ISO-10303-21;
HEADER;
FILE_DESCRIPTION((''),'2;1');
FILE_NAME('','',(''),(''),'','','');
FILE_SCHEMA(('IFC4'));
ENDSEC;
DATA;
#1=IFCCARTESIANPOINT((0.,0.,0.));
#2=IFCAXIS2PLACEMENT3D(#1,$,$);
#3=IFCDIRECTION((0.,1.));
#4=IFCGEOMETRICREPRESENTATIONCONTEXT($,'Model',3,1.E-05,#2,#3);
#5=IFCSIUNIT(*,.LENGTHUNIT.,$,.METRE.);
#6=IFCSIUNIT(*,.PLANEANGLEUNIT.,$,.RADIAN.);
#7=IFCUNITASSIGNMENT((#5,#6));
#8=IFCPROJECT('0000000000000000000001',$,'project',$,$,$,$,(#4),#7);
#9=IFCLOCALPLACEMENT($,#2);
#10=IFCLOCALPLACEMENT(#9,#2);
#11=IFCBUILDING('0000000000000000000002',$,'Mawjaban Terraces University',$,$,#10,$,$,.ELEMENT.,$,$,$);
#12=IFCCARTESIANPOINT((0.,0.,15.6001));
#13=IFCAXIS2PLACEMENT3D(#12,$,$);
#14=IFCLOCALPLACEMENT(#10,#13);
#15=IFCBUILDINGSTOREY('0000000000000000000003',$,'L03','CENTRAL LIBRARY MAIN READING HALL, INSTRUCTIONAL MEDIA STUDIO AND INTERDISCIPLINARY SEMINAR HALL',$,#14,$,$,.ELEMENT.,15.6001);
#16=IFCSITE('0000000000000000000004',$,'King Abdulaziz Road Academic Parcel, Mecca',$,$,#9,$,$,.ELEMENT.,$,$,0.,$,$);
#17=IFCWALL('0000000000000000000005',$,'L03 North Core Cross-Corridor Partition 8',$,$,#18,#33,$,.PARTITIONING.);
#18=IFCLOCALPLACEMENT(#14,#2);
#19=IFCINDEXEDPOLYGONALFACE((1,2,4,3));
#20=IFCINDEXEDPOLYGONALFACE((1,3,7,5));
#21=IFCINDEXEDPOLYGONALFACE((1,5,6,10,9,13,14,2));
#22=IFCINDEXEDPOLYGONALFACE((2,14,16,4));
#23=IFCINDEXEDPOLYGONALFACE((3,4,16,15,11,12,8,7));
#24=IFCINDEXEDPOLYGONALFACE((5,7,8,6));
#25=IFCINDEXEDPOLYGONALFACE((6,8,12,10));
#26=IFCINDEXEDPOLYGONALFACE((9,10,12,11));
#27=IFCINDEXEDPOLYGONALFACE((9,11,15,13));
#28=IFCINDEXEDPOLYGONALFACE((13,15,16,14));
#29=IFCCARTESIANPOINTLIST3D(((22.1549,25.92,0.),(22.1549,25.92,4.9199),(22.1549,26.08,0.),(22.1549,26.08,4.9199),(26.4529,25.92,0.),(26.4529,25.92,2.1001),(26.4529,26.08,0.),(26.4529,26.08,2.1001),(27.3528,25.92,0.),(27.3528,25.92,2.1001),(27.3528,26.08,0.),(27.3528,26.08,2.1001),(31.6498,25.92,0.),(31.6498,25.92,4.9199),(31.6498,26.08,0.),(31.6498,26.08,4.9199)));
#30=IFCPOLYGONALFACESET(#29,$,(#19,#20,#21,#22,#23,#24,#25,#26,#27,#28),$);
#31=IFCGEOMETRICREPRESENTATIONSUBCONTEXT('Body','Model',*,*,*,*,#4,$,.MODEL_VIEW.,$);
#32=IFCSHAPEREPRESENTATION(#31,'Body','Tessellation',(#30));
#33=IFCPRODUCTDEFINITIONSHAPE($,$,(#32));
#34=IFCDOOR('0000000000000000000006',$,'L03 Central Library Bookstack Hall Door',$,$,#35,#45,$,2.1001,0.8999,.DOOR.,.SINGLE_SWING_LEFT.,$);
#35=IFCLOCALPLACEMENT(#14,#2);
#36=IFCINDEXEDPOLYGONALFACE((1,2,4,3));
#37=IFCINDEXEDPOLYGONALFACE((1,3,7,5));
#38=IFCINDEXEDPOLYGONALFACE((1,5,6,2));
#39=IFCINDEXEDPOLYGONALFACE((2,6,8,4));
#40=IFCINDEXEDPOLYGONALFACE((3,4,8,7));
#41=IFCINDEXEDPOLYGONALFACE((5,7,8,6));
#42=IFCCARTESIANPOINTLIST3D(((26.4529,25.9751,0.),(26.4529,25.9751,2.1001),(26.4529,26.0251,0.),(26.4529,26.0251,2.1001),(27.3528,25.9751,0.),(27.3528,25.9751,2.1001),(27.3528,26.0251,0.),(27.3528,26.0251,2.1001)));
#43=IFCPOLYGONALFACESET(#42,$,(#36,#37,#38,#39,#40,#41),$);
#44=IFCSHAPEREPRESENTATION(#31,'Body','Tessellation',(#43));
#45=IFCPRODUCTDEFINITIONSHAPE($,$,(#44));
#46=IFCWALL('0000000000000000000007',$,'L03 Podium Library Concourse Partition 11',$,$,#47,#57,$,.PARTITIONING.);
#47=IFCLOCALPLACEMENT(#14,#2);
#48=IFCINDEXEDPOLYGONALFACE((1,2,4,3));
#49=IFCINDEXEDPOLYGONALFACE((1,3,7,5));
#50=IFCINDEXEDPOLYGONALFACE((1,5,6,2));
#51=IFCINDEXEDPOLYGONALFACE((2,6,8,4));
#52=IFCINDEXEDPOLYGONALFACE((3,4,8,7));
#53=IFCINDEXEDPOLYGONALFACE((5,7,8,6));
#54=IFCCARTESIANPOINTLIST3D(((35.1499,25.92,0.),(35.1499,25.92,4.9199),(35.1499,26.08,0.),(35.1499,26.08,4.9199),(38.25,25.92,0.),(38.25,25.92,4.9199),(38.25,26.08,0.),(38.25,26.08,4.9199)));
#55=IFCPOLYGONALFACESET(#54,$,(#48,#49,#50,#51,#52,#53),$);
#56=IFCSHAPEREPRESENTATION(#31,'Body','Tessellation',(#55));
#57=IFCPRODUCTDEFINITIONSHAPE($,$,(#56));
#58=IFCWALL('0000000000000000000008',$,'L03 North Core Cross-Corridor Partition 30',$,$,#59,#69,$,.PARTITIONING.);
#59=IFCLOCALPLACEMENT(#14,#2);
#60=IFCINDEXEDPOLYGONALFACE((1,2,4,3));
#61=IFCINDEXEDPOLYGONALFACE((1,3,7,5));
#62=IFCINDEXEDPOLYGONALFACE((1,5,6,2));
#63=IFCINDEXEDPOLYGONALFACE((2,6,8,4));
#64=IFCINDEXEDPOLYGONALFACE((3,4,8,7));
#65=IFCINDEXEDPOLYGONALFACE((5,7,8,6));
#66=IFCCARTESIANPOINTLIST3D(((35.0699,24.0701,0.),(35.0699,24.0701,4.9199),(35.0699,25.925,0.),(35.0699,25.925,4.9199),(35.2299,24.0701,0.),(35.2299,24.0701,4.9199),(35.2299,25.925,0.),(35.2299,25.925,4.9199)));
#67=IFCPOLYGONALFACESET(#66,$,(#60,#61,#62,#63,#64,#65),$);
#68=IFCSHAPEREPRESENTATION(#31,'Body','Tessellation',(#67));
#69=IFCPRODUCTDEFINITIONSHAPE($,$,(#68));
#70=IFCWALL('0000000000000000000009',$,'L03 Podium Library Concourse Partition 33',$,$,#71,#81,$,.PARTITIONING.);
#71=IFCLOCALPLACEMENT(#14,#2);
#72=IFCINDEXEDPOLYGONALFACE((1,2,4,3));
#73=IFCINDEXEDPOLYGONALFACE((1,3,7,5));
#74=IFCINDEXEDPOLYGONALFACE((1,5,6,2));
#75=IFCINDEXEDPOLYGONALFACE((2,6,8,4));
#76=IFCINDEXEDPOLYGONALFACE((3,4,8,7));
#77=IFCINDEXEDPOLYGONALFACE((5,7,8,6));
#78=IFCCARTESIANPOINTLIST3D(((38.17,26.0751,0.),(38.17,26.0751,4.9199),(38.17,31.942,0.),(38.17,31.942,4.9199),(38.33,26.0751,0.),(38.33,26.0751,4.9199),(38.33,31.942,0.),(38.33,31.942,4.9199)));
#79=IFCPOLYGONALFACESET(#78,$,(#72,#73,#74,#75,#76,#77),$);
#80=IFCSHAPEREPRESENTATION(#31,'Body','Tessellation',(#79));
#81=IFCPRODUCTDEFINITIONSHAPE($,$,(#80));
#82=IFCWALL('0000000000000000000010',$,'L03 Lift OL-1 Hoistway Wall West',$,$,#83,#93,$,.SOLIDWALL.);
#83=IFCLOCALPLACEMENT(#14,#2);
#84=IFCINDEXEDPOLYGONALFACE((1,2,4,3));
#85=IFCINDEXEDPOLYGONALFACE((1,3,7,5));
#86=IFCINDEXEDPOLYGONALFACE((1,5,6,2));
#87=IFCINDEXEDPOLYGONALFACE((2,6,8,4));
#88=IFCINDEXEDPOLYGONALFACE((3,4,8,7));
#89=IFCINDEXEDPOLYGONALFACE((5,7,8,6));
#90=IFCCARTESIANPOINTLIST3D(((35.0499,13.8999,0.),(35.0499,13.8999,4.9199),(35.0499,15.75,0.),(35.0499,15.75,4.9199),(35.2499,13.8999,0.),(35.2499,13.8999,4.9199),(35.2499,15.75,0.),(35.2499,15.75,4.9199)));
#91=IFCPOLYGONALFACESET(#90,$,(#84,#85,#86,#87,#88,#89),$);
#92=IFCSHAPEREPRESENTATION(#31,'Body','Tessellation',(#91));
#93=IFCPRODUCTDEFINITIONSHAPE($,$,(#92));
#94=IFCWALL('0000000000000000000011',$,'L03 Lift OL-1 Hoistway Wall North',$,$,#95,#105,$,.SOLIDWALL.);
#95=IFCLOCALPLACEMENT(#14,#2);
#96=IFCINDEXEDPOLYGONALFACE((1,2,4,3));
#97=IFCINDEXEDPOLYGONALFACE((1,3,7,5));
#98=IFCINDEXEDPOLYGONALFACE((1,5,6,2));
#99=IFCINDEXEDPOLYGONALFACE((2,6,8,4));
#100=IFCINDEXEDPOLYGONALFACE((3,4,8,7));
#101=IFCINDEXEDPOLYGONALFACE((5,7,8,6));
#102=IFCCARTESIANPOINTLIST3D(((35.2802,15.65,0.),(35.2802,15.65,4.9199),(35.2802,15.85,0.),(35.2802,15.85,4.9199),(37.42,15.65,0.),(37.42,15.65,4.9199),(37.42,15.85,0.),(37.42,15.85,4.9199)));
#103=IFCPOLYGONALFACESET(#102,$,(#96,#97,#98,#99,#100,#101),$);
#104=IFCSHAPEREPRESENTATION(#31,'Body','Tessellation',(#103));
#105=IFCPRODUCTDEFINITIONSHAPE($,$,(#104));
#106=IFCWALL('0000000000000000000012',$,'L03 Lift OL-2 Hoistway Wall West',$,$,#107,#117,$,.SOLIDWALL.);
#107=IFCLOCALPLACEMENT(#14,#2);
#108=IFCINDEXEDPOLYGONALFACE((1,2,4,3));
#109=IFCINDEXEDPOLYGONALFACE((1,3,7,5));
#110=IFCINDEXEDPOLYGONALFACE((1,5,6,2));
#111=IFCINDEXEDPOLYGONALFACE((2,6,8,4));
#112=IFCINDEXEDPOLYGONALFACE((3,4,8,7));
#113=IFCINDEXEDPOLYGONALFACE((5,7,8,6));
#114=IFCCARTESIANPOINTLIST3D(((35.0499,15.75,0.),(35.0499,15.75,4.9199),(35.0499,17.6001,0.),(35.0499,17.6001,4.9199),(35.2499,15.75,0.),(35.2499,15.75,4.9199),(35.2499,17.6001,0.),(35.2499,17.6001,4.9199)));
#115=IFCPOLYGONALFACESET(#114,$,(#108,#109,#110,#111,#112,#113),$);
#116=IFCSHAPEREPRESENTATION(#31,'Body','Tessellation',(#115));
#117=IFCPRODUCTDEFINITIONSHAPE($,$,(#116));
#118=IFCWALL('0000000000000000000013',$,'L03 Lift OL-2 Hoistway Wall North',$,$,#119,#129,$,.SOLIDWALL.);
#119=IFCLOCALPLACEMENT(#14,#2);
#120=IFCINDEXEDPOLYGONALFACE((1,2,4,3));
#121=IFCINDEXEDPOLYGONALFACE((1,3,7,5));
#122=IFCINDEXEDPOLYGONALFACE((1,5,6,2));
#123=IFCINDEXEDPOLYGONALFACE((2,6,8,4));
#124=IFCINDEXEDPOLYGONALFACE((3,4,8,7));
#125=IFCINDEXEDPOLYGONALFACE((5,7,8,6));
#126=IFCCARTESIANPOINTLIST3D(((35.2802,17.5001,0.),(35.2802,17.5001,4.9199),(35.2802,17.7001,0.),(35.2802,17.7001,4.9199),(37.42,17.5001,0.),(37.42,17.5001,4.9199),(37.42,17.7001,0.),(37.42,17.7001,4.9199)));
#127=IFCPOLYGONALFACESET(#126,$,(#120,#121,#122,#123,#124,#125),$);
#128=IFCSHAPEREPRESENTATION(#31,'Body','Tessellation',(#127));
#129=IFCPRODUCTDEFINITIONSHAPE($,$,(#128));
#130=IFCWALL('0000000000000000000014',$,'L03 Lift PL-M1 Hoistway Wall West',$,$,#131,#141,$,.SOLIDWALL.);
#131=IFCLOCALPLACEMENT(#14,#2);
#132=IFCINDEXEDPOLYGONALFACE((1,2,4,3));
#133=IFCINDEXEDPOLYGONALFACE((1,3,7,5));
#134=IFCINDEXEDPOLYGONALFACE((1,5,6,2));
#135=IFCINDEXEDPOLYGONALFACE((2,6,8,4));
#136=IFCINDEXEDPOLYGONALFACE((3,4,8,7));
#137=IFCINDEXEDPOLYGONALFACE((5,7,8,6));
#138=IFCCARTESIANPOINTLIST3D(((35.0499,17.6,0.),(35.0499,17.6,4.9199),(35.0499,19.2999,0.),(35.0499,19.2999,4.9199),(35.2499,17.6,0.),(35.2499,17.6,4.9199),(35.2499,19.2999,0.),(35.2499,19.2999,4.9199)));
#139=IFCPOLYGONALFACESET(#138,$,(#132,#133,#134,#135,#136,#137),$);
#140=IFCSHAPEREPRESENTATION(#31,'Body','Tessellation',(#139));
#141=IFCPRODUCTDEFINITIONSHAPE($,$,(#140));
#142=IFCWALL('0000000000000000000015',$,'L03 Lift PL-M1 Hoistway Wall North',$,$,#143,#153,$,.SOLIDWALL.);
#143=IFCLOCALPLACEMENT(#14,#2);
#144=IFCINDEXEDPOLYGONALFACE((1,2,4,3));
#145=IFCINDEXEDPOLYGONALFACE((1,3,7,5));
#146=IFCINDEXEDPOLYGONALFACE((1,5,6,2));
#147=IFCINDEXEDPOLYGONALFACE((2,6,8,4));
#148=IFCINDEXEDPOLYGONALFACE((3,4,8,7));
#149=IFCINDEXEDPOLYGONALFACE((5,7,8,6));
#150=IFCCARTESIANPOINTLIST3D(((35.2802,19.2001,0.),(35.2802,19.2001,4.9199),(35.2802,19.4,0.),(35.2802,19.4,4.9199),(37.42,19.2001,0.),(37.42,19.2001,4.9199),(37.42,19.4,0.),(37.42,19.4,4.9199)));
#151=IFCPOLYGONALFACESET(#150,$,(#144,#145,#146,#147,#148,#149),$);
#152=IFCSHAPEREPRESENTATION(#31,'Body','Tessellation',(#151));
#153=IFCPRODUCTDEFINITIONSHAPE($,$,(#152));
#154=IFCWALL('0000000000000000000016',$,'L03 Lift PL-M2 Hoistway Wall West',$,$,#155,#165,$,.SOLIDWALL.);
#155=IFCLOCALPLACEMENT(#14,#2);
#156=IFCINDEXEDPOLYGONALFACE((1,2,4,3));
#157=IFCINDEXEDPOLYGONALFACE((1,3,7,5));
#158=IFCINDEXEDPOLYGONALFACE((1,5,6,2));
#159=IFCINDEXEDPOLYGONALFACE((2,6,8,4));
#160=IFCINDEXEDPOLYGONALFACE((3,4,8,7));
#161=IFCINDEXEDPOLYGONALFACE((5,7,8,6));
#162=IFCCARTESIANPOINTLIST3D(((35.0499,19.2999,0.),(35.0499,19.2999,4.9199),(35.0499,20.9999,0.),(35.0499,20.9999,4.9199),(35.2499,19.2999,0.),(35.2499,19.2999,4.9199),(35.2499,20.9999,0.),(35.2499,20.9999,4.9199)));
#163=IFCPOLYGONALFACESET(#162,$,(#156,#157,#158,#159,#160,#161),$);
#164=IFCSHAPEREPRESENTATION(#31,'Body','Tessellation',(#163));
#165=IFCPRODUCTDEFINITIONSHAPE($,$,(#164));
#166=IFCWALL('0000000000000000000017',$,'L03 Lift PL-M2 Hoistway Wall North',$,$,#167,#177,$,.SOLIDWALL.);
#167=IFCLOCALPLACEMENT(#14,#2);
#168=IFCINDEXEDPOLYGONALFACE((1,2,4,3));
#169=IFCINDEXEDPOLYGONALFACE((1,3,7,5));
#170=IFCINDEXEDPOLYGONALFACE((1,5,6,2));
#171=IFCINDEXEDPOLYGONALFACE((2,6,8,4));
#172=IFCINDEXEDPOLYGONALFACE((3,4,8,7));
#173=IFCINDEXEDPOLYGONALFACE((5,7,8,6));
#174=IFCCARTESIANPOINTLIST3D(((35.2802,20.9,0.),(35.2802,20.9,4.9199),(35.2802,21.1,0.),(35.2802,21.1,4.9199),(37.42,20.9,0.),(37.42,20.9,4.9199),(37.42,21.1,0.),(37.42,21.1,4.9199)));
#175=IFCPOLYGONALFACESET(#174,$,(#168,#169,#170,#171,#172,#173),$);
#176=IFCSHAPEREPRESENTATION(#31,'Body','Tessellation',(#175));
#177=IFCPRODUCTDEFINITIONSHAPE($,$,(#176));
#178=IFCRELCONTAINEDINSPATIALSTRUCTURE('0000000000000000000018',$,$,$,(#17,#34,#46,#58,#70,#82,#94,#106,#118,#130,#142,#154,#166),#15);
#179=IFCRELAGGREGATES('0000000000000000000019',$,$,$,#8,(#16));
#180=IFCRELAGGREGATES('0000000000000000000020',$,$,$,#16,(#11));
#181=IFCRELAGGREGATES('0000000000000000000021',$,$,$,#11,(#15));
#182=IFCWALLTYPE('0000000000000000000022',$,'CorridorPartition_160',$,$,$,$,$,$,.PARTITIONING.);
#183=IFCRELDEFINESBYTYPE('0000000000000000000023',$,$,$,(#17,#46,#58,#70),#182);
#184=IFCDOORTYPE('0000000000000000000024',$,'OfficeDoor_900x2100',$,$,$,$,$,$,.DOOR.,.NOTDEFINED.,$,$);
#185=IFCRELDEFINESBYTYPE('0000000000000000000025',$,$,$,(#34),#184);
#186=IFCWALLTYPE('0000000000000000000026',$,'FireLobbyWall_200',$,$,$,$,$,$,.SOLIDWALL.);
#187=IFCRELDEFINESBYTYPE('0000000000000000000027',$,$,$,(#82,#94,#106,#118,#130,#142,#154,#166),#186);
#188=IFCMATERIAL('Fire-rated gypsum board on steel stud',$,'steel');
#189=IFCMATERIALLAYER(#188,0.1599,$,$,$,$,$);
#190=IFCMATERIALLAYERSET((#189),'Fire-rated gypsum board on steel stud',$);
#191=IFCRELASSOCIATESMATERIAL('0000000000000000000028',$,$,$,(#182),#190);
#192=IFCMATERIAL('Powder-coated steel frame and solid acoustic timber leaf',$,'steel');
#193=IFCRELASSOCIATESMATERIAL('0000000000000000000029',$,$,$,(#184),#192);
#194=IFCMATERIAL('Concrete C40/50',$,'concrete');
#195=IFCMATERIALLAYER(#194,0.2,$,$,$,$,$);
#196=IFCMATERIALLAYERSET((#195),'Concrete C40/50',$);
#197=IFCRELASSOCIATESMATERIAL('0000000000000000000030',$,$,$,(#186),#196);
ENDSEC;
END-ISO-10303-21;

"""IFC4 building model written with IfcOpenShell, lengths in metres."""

from ifc_helpers import new_model, si_unit, direction, frame, frame_2d, origin, place, context, subcontext, project, spatial, rectangle, extrude, material, layer, layer_set, type_object, element, fill, save


model = new_model("IFC4")

# Units and contexts
model_context = context("Model", 3, precision=1e-05, world=origin(), true_north=direction((0.0, 1.0)))
body_context = subcontext(model_context, "Body", "Model", "MODEL_VIEW")
ifc_project = project(units=[si_unit("LENGTHUNIT", "METRE"), si_unit("PLANEANGLEUNIT", "RADIAN")], contexts=[model_context])

# Site, building, storey
site_placement = place(None, origin())
site = spatial("IfcSite", under=ifc_project, at=site_placement, Name="King Abdulaziz Road Academic Parcel, Mecca", CompositionType="ELEMENT", RefElevation=0.0)
building_placement = place(site_placement, origin())
building = spatial("IfcBuilding", under=site, at=building_placement, Name="Mawjaban Terraces University", CompositionType="ELEMENT")
storey_placement = place(building_placement, frame((0.0, 0.0, 15.6001)))
storey = spatial("IfcBuildingStorey", under=building, at=storey_placement, Name="L03", Description="CENTRAL LIBRARY MAIN READING HALL, INSTRUCTIONAL MEDIA STUDIO AND INTERDISCIPLINARY SEMINAR HALL", CompositionType="ELEMENT", Elevation=15.6001)

# Wall, opening, door
ifc_material_1 = material(Name="Fire-rated gypsum board on steel stud", Category="steel")
ifc_layer_1 = layer(ifc_material_1, 0.1599)
ifc_layer_set_1 = layer_set([ifc_layer_1], Name="Fire-rated gypsum board on steel stud")
wall_type_1 = type_object("IfcWallType", Name="CorridorPartition_160", PredefinedType="PARTITIONING", material=ifc_layer_set_1)
wall_1_placement = place(storey_placement, frame((31.6499, 26.0, 0.0), z_axis=(0.0, 0.0, 1.0), x_axis=(-1.0, 0.0, 0.0)))
wall_1 = element("IfcWall", 1, at=wall_1_placement, inside=storey, type_object=wall_type_1, Name="L03 North Core Cross-Corridor Partition 8", PredefinedType="PARTITIONING", context=body_context, shape_type="SweptSolid", body=[
    extrude(rectangle(XDim=9.4949, YDim=0.1599, at=frame_2d((4.7476, 0.0))), origin(), (0.0, 0.0, 1.0), 4.9199),
])
opening_1_placement = place(wall_1_placement, frame((4.2971, 0.0, 0.0)))
opening_1 = element("IfcOpeningElement", 2, at=opening_1_placement, cuts=wall_1, PredefinedType="OPENING", context=body_context, shape_type="SweptSolid", body=[
    extrude(rectangle(XDim=0.8999, YDim=2.1001, at=frame_2d((0.45, 1.05))), frame((0.0, 0.0898, 0.0), z_axis=(0.0, -1.0, 0.0), x_axis=(1.0, 0.0, 0.0)), (0.0, 0.0, 1.0), 0.1799),
])
ifc_material_2 = material(Name="Powder-coated steel frame and solid acoustic timber leaf", Category="steel")
door_type_1 = type_object("IfcDoorType", Name="OfficeDoor_900x2100", OperationType="NOTDEFINED", PredefinedType="DOOR", material=ifc_material_2)
door_1_placement = place(opening_1_placement, origin())
door_1 = element("IfcDoor", 3, at=door_1_placement, inside=storey, type_object=door_type_1, Name="L03 Central Library Bookstack Hall Door", OperationType="SINGLE_SWING_LEFT", OverallHeight=2.1001, OverallWidth=0.8999, PredefinedType="DOOR", context=body_context, shape_type="SweptSolid", body=[
    extrude(rectangle(XDim=0.8999, YDim=2.1001, at=frame_2d((0.45, 1.05))), frame((0.0, 0.0249, 0.0), z_axis=(0.0, -1.0, 0.0), x_axis=(1.0, 0.0, 0.0)), (0.0, 0.0, 1.0), 0.05),
])
fill(opening_1, door_1)

# Walls
wall_2_placement = place(storey_placement, frame((35.1499, 26.0, 0.0), z_axis=(0.0, 0.0, 1.0), x_axis=(1.0, 0.0, 0.0)))
element("IfcWall", 4, at=wall_2_placement, inside=storey, type_object=wall_type_1, Name="L03 Podium Library Concourse Partition 11", PredefinedType="PARTITIONING", context=body_context, shape_type="SweptSolid", body=[
    extrude(rectangle(XDim=3.1001, YDim=0.1599, at=frame_2d((1.55, 0.0))), origin(), (0.0, 0.0, 1.0), 4.9199),
])
wall_3_placement = place(storey_placement, frame((35.1499, 24.0701, 0.0), z_axis=(0.0, 0.0, 1.0), x_axis=(0.0, 1.0, 0.0)))
element("IfcWall", 5, at=wall_3_placement, inside=storey, type_object=wall_type_1, Name="L03 North Core Cross-Corridor Partition 30", PredefinedType="PARTITIONING", context=body_context, shape_type="SweptSolid", body=[
    extrude(rectangle(XDim=1.855, YDim=0.1599, at=frame_2d((0.9275, 0.0))), origin(), (0.0, 0.0, 1.0), 4.9199),
])
wall_4_placement = place(storey_placement, frame((38.25, 26.075, 0.0), z_axis=(0.0, 0.0, 1.0), x_axis=(0.0, 1.0, 0.0)))
element("IfcWall", 6, at=wall_4_placement, inside=storey, type_object=wall_type_1, Name="L03 Podium Library Concourse Partition 33", PredefinedType="PARTITIONING", context=body_context, shape_type="SweptSolid", body=[
    extrude(rectangle(XDim=5.8669, YDim=0.1599, at=frame_2d((2.9336, 0.0))), origin(), (0.0, 0.0, 1.0), 4.9199),
])
ifc_material_3 = material(Name="Concrete C40/50", Category="concrete")
ifc_layer_2 = layer(ifc_material_3, 0.2)
ifc_layer_set_2 = layer_set([ifc_layer_2], Name="Concrete C40/50")
wall_type_2 = type_object("IfcWallType", Name="FireLobbyWall_200", PredefinedType="SOLIDWALL", material=ifc_layer_set_2)
wall_5_placement = place(storey_placement, frame((35.1499, 15.75, 0.0), z_axis=(0.0, 0.0, 1.0), x_axis=(0.0, -1.0, 0.0)))
element("IfcWall", 7, at=wall_5_placement, inside=storey, type_object=wall_type_2, Name="L03 Lift OL-1 Hoistway Wall West", PredefinedType="SOLIDWALL", context=body_context, shape_type="SweptSolid", body=[
    extrude(rectangle(XDim=1.8501, YDim=0.2, at=frame_2d((0.925, 0.0))), origin(), (0.0, 0.0, 1.0), 4.9199),
])
wall_6_placement = place(storey_placement, frame((37.4199, 15.75, 0.0), z_axis=(0.0, 0.0, 1.0), x_axis=(-1.0, 0.0, 0.0)))
element("IfcWall", 8, at=wall_6_placement, inside=storey, type_object=wall_type_2, Name="L03 Lift OL-1 Hoistway Wall North", PredefinedType="SOLIDWALL", context=body_context, shape_type="SweptSolid", body=[
    extrude(rectangle(XDim=2.1399, YDim=0.2, at=frame_2d((1.0698, 0.0))), origin(), (0.0, 0.0, 1.0), 4.9199),
])
wall_7_placement = place(storey_placement, frame((35.1499, 17.6001, 0.0), z_axis=(0.0, 0.0, 1.0), x_axis=(0.0, -1.0, 0.0)))
element("IfcWall", 9, at=wall_7_placement, inside=storey, type_object=wall_type_2, Name="L03 Lift OL-2 Hoistway Wall West", PredefinedType="SOLIDWALL", context=body_context, shape_type="SweptSolid", body=[
    extrude(rectangle(XDim=1.8501, YDim=0.2, at=frame_2d((0.925, 0.0))), origin(), (0.0, 0.0, 1.0), 4.9199),
])
wall_8_placement = place(storey_placement, frame((37.4199, 17.6001, 0.0), z_axis=(0.0, 0.0, 1.0), x_axis=(-1.0, 0.0, 0.0)))
element("IfcWall", 10, at=wall_8_placement, inside=storey, type_object=wall_type_2, Name="L03 Lift OL-2 Hoistway Wall North", PredefinedType="SOLIDWALL", context=body_context, shape_type="SweptSolid", body=[
    extrude(rectangle(XDim=2.1399, YDim=0.2, at=frame_2d((1.0698, 0.0))), origin(), (0.0, 0.0, 1.0), 4.9199),
])
wall_9_placement = place(storey_placement, frame((35.1499, 19.3, 0.0), z_axis=(0.0, 0.0, 1.0), x_axis=(0.0, -1.0, 0.0)))
element("IfcWall", 11, at=wall_9_placement, inside=storey, type_object=wall_type_2, Name="L03 Lift PL-M1 Hoistway Wall West", PredefinedType="SOLIDWALL", context=body_context, shape_type="SweptSolid", body=[
    extrude(rectangle(XDim=1.7, YDim=0.2, at=frame_2d((0.8501, 0.0))), origin(), (0.0, 0.0, 1.0), 4.9199),
])
wall_10_placement = place(storey_placement, frame((37.4199, 19.3, 0.0), z_axis=(0.0, 0.0, 1.0), x_axis=(-1.0, 0.0, 0.0)))
element("IfcWall", 12, at=wall_10_placement, inside=storey, type_object=wall_type_2, Name="L03 Lift PL-M1 Hoistway Wall North", PredefinedType="SOLIDWALL", context=body_context, shape_type="SweptSolid", body=[
    extrude(rectangle(XDim=2.1399, YDim=0.2, at=frame_2d((1.0698, 0.0))), origin(), (0.0, 0.0, 1.0), 4.9199),
])
wall_11_placement = place(storey_placement, frame((35.1499, 21.0, 0.0), z_axis=(0.0, 0.0, 1.0), x_axis=(0.0, -1.0, 0.0)))
element("IfcWall", 13, at=wall_11_placement, inside=storey, type_object=wall_type_2, Name="L03 Lift PL-M2 Hoistway Wall West", PredefinedType="SOLIDWALL", context=body_context, shape_type="SweptSolid", body=[
    extrude(rectangle(XDim=1.7, YDim=0.2, at=frame_2d((0.8501, 0.0))), origin(), (0.0, 0.0, 1.0), 4.9199),
])
wall_12_placement = place(storey_placement, frame((37.4199, 21.0, 0.0), z_axis=(0.0, 0.0, 1.0), x_axis=(-1.0, 0.0, 0.0)))
element("IfcWall", 14, at=wall_12_placement, inside=storey, type_object=wall_type_2, Name="L03 Lift PL-M2 Hoistway Wall North", PredefinedType="SOLIDWALL", context=body_context, shape_type="SweptSolid", body=[
    extrude(rectangle(XDim=2.1399, YDim=0.2, at=frame_2d((1.0698, 0.0))), origin(), (0.0, 0.0, 1.0), 4.9199),
])

save(model, "model.ifc")
